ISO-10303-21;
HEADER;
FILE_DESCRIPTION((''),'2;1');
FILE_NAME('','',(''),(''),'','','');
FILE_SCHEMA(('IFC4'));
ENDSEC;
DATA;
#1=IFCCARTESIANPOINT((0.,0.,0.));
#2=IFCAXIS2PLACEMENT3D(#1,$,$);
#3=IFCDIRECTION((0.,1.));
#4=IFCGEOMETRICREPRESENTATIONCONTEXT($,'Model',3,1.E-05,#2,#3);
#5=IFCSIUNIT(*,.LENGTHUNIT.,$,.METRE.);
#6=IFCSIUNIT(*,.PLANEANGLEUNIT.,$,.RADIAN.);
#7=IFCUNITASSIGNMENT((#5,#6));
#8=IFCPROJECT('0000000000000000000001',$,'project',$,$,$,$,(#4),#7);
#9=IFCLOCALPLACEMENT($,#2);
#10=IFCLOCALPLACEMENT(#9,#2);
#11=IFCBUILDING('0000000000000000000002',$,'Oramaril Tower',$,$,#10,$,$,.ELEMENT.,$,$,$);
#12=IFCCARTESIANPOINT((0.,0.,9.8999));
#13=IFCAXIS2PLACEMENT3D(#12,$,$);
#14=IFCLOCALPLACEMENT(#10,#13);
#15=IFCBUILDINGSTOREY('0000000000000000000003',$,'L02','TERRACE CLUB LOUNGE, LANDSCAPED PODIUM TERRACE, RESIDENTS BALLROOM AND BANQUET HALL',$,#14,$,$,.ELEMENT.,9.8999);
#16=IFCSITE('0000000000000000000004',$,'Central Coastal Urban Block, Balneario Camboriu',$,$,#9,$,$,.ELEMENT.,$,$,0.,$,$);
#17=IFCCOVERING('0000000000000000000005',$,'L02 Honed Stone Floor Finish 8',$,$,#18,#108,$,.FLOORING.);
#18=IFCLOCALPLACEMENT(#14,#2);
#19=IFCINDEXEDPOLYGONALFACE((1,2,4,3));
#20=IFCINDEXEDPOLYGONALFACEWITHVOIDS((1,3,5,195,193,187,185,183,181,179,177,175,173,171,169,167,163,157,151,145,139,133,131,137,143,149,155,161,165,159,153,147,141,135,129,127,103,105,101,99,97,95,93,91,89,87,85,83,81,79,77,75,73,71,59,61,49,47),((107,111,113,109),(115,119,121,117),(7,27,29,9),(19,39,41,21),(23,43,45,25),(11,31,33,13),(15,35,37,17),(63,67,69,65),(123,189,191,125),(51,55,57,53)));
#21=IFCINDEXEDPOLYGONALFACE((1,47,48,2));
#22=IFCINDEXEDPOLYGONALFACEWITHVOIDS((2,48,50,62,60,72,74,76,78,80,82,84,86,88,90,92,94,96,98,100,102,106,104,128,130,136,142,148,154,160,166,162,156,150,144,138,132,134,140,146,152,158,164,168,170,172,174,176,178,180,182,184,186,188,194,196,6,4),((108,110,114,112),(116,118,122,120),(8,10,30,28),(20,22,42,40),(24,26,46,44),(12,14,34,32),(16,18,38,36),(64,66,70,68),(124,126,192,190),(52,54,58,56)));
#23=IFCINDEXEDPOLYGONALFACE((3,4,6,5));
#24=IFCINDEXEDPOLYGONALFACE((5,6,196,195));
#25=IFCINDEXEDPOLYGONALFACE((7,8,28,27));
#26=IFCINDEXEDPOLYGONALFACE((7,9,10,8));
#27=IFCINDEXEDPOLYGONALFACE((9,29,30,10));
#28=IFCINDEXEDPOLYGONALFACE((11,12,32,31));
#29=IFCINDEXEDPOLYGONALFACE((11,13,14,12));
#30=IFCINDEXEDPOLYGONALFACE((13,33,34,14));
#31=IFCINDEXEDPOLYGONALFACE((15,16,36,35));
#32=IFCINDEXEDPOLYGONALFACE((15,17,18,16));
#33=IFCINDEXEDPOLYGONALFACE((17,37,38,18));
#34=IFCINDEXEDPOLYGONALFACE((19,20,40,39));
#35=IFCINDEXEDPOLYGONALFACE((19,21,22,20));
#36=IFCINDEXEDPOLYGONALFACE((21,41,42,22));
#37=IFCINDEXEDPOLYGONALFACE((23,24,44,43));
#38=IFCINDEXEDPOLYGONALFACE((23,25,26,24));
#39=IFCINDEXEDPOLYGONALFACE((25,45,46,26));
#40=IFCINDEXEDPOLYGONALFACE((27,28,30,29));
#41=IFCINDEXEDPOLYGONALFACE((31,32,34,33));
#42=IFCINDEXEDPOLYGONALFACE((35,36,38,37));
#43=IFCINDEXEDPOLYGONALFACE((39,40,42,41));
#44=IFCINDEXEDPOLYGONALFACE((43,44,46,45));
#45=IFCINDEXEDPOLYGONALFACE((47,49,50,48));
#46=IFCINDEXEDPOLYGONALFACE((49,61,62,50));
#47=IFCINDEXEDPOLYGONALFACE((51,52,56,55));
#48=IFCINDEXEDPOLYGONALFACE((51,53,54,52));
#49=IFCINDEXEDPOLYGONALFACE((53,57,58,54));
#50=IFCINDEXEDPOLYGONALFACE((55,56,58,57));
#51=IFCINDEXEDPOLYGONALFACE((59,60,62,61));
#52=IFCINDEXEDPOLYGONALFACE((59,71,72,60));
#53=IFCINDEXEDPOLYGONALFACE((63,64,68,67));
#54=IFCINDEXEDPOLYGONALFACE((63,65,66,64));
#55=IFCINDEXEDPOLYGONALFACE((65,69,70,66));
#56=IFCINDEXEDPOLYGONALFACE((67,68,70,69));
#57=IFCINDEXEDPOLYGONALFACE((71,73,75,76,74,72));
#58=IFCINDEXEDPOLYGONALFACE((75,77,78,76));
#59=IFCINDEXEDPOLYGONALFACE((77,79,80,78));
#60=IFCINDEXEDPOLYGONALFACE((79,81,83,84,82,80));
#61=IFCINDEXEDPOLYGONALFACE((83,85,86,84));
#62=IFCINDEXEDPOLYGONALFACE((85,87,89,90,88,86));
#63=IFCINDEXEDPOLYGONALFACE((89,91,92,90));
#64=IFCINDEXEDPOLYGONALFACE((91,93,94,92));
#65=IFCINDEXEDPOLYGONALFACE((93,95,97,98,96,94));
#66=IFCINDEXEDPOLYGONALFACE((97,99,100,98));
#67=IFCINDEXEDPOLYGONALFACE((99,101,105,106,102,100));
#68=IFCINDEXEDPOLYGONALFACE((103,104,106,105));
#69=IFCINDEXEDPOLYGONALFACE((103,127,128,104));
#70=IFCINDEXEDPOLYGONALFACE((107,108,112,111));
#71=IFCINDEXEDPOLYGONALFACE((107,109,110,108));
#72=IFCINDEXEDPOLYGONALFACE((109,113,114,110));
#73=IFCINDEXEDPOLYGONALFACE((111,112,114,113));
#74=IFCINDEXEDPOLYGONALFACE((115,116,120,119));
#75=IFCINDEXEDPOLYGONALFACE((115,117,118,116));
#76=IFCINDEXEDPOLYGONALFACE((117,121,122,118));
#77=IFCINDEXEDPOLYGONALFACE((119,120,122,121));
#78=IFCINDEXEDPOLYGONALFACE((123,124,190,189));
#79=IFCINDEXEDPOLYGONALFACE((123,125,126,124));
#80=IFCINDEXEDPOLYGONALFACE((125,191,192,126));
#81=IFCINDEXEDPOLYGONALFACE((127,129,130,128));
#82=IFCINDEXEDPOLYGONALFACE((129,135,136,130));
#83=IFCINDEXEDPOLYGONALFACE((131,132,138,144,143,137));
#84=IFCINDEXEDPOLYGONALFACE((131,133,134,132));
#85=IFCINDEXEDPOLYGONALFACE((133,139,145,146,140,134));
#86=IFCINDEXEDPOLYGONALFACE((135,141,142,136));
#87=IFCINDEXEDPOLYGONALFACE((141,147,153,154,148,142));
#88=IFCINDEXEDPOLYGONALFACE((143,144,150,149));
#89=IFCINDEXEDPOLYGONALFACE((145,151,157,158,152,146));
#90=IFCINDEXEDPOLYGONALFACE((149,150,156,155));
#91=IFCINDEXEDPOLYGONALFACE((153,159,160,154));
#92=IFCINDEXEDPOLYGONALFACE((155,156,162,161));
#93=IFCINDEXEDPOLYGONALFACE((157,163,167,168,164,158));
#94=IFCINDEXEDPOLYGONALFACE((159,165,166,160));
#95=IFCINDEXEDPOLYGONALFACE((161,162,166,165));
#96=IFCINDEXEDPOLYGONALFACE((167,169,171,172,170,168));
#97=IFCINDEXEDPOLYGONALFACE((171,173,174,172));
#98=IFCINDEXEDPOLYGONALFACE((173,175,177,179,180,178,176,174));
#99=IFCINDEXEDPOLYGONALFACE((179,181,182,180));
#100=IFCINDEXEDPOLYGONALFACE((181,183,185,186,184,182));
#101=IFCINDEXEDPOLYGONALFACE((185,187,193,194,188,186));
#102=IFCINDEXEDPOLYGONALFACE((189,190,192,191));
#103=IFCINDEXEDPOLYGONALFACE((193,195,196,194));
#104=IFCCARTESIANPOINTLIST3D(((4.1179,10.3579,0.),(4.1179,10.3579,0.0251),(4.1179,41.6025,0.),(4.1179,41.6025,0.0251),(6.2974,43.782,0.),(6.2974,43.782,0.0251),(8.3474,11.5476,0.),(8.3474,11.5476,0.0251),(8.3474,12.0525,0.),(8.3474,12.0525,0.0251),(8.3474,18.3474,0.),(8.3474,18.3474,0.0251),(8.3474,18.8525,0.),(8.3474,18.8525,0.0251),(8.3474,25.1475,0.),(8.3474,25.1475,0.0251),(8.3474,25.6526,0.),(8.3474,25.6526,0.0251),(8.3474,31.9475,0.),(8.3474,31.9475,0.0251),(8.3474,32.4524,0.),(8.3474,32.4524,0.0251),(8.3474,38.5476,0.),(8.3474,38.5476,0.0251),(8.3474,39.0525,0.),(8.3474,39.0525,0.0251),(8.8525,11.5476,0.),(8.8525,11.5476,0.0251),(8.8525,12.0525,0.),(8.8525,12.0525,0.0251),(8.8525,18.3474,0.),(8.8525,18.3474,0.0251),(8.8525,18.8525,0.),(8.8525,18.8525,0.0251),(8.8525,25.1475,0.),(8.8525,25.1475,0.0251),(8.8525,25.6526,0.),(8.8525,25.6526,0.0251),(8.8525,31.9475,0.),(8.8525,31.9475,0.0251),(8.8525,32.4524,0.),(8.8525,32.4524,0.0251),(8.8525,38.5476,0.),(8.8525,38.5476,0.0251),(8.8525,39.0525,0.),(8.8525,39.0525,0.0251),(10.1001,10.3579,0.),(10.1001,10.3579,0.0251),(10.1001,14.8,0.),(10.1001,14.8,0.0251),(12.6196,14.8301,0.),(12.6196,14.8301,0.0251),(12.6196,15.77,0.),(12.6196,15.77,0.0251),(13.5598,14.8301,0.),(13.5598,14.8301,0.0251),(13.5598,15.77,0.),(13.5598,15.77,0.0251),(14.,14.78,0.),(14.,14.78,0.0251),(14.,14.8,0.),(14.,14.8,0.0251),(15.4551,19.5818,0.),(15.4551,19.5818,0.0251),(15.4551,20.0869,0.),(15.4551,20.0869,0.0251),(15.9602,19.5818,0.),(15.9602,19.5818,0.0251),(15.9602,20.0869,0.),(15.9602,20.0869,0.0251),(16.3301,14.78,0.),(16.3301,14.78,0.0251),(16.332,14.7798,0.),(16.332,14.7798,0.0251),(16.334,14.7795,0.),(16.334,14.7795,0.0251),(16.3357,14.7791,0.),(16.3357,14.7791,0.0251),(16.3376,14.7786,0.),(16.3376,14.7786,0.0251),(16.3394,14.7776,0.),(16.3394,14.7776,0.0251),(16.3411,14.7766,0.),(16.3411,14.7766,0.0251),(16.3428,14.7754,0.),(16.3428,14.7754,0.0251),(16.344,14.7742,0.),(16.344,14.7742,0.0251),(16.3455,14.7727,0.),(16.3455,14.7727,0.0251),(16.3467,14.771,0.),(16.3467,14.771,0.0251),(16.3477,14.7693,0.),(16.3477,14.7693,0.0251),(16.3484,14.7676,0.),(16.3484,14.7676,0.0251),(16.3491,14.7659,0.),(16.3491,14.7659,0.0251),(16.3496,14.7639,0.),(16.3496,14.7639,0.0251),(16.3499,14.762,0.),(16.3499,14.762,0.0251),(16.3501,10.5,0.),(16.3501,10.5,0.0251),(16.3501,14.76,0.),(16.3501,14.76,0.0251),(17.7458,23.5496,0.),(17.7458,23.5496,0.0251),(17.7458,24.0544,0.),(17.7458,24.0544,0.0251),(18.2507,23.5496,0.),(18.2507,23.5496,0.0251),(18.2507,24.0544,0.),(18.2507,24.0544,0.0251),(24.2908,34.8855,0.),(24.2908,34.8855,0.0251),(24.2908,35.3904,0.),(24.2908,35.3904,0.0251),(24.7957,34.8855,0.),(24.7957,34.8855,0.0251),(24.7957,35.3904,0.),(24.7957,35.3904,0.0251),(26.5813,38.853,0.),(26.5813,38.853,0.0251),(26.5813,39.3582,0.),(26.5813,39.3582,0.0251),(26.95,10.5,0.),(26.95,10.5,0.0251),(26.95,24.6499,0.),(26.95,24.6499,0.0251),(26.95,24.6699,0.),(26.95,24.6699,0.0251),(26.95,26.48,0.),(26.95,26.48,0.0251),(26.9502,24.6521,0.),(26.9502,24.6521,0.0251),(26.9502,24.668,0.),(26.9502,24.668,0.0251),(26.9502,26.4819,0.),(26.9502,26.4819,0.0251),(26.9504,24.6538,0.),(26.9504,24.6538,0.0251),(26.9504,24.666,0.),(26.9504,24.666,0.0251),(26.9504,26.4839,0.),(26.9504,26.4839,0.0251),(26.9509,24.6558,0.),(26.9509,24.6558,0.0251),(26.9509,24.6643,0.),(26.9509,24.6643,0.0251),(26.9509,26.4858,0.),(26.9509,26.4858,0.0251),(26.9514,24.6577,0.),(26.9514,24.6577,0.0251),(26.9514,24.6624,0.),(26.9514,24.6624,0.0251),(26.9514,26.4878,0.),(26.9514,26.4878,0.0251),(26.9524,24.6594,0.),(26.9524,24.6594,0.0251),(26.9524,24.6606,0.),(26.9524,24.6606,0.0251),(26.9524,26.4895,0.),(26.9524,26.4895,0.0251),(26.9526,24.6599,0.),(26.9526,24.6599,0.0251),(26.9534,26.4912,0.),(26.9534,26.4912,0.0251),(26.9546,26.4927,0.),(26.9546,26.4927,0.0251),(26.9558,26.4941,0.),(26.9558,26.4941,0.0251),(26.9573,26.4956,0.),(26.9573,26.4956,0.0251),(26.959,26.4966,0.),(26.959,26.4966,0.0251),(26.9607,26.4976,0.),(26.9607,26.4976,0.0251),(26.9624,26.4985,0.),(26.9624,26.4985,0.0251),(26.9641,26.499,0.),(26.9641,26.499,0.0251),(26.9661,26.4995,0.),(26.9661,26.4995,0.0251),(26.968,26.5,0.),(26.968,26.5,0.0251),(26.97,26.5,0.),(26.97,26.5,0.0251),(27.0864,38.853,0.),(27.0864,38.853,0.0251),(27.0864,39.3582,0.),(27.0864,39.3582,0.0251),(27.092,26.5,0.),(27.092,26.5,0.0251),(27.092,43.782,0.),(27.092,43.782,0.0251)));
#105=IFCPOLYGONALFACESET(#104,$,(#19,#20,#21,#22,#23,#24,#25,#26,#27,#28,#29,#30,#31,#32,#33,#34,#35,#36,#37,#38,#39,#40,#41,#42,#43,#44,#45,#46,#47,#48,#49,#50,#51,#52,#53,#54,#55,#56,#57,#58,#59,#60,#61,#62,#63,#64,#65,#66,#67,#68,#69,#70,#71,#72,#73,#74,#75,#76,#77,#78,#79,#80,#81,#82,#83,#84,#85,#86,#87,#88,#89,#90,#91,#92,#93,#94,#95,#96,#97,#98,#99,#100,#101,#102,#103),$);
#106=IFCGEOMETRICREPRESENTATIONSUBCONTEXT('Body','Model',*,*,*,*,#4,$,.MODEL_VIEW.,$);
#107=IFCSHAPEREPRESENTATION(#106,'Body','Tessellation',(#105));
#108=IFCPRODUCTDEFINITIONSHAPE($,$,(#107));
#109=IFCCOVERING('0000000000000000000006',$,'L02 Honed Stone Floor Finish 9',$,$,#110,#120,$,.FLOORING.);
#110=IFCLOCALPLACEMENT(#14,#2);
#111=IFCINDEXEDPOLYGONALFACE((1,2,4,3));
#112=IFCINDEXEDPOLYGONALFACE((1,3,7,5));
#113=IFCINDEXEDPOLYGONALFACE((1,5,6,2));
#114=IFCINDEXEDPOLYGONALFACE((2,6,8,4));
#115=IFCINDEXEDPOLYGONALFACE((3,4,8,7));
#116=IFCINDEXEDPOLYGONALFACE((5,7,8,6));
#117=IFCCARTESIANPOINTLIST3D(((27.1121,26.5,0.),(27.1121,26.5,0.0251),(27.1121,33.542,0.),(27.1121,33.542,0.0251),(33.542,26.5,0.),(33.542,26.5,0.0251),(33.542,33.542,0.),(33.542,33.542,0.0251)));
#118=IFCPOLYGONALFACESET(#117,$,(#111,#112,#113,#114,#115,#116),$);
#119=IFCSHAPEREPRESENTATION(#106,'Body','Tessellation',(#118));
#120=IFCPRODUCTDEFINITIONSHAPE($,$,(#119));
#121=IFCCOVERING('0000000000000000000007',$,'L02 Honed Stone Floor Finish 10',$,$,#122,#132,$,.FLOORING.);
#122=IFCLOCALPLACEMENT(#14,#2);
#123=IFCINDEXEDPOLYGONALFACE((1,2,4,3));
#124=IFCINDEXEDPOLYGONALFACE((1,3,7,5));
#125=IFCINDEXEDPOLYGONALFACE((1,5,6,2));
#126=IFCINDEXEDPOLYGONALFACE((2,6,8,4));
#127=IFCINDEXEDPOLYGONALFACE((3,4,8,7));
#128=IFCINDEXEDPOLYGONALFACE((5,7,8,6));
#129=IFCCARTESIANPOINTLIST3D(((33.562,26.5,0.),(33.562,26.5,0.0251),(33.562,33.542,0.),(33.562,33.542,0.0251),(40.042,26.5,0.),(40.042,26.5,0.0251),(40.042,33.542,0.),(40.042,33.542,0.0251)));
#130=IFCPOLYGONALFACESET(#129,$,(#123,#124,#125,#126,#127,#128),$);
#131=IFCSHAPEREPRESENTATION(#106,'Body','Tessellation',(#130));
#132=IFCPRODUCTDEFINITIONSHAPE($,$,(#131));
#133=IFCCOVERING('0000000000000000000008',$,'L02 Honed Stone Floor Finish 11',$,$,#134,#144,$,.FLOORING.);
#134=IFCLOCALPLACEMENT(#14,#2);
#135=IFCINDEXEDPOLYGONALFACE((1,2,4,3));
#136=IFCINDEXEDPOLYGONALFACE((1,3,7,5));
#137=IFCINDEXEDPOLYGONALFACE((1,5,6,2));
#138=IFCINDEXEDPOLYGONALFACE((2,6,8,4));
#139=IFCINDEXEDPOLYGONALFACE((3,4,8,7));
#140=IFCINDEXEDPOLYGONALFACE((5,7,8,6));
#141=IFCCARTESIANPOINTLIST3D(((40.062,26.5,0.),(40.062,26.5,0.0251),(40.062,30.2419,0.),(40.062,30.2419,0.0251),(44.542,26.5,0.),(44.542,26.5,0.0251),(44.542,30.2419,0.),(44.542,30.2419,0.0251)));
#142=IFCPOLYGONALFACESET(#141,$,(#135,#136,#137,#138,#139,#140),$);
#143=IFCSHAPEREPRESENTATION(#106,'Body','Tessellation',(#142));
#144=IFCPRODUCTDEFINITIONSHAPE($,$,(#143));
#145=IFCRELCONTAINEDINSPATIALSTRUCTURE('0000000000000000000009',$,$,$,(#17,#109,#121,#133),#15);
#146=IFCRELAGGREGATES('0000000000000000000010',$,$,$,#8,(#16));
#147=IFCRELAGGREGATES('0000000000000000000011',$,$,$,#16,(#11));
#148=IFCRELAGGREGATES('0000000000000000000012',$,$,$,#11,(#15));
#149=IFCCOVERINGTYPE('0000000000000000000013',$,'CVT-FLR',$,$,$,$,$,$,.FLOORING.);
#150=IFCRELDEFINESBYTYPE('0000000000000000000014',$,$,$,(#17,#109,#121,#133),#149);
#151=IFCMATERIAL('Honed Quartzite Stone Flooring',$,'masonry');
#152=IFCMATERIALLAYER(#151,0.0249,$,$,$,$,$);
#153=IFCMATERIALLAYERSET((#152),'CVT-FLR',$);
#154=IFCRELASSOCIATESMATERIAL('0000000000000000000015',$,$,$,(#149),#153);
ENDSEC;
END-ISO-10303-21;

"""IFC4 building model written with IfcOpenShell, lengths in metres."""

from ifc_helpers import new_model, si_unit, direction, frame, origin, place, context, subcontext, project, spatial, polyline, outline, extrude, material, layer, layer_set, type_object, element, save


model = new_model("IFC4")

# Units and contexts
model_context = context("Model", 3, precision=1e-05, world=origin(), true_north=direction((0.0, 1.0)))
body_context = subcontext(model_context, "Body", "Model", "MODEL_VIEW")
ifc_project = project(units=[si_unit("LENGTHUNIT", "METRE"), si_unit("PLANEANGLEUNIT", "RADIAN")], contexts=[model_context])

# Site, building, storey
site_placement = place(None, origin())
site = spatial("IfcSite", under=ifc_project, at=site_placement, Name="Central Coastal Urban Block, Balneario Camboriu", CompositionType="ELEMENT", RefElevation=0.0)
building_placement = place(site_placement, origin())
building = spatial("IfcBuilding", under=site, at=building_placement, Name="Oramaril Tower", CompositionType="ELEMENT")
storey_placement = place(building_placement, frame((0.0, 0.0, 9.8999)))
storey = spatial("IfcBuildingStorey", under=building, at=storey_placement, Name="L02", Description="TERRACE CLUB LOUNGE, LANDSCAPED PODIUM TERRACE, RESIDENTS BALLROOM AND BANQUET HALL", CompositionType="ELEMENT", Elevation=9.8999)

# Coverings
ifc_material_1 = material(Name="Honed Quartzite Stone Flooring", Category="masonry")
ifc_layer_1 = layer(ifc_material_1, 0.0249)
ifc_layer_set_1 = layer_set([ifc_layer_1], Name="CVT-FLR")
covering_type_1 = type_object("IfcCoveringType", Name="CVT-FLR", PredefinedType="FLOORING", material=ifc_layer_set_1)
covering_1_placement = place(storey_placement, origin())
element("IfcCovering", 1, at=covering_1_placement, inside=storey, type_object=covering_type_1, Name="L02 Honed Stone Floor Finish 8", PredefinedType="FLOORING", context=body_context, shape_type="SweptSolid", body=[
    extrude(outline(polyline([(27.092, 43.782), (27.092, 26.5), (26.97, 26.5), (26.968, 26.5), (26.9661, 26.4995), (26.9641, 26.499), (26.9624, 26.4985), (26.9607, 26.4976), (26.959, 26.4966), (26.9573, 26.4956), (26.9558, 26.4941), (26.9546, 26.4927), (26.9534, 26.4912), (26.9524, 26.4895), (26.9514, 26.4878), (26.9509, 26.4858), (26.9504, 26.4839), (26.9502, 26.4819), (26.95, 26.48), (26.95, 24.6699), (26.9502, 24.668), (26.9504, 24.666), (26.9509, 24.6643), (26.9514, 24.6624), (26.9524, 24.6606), (26.9526, 24.6599), (26.9524, 24.6594), (26.9514, 24.6577), (26.9509, 24.6558), (26.9504, 24.6538), (26.9502, 24.6521), (26.95, 24.6499), (26.95, 10.5), (16.3501, 10.5), (16.3501, 14.76), (16.3499, 14.762), (16.3496, 14.7639), (16.3491, 14.7659), (16.3484, 14.7676), (16.3477, 14.7693), (16.3467, 14.771), (16.3455, 14.7727), (16.344, 14.7742), (16.3428, 14.7754), (16.3411, 14.7766), (16.3394, 14.7776), (16.3376, 14.7786), (16.3357, 14.7791), (16.334, 14.7795), (16.332, 14.7798), (16.3301, 14.78), (14.0, 14.78), (14.0, 14.8), (10.1001, 14.8), (10.1001, 10.3579), (4.1179, 10.3579), (4.1179, 41.6025), (6.2974, 43.782), (27.092, 43.782)]), holes=[polyline([(8.8525, 12.0525), (8.3474, 12.0525), (8.3474, 11.5476), (8.8525, 11.5476), (8.8525, 12.0525)]), polyline([(13.5598, 15.77), (12.6196, 15.77), (12.6196, 14.8301), (13.5598, 14.8301), (13.5598, 15.77)]), polyline([(8.8525, 18.8525), (8.3474, 18.8525), (8.3474, 18.3474), (8.8525, 18.3474), (8.8525, 18.8525)]), polyline([(15.9602, 19.5818), (15.9602, 20.0869), (15.4551, 20.0869), (15.4551, 19.5818), (15.9602, 19.5818)]), polyline([(18.2507, 23.5496), (18.2507, 24.0544), (17.7458, 24.0544), (17.7458, 23.5496), (18.2507, 23.5496)]), polyline([(8.8525, 25.6526), (8.3474, 25.6526), (8.3474, 25.1475), (8.8525, 25.1475), (8.8525, 25.6526)]), polyline([(8.8525, 32.4524), (8.3474, 32.4524), (8.3474, 31.9475), (8.8525, 31.9475), (8.8525, 32.4524)]), polyline([(24.7957, 35.3904), (24.2908, 35.3904), (24.2908, 34.8855), (24.7957, 34.8855), (24.7957, 35.3904)]), polyline([(8.8525, 38.5476), (8.8525, 39.0525), (8.3474, 39.0525), (8.3474, 38.5476), (8.8525, 38.5476)]), polyline([(27.0864, 38.853), (27.0864, 39.3582), (26.5813, 39.3582), (26.5813, 38.853), (27.0864, 38.853)])]), origin(), (0.0, 0.0, 1.0), 0.0251),
])
covering_2_placement = place(storey_placement, origin())
element("IfcCovering", 2, at=covering_2_placement, inside=storey, type_object=covering_type_1, Name="L02 Honed Stone Floor Finish 9", PredefinedType="FLOORING", context=body_context, shape_type="SweptSolid", body=[
    extrude(outline(polyline([(33.542, 33.542), (33.542, 26.5), (27.1121, 26.5), (27.1121, 33.542), (33.542, 33.542)])), origin(), (0.0, 0.0, 1.0), 0.0251),
])
covering_3_placement = place(storey_placement, origin())
element("IfcCovering", 3, at=covering_3_placement, inside=storey, type_object=covering_type_1, Name="L02 Honed Stone Floor Finish 10", PredefinedType="FLOORING", context=body_context, shape_type="SweptSolid", body=[
    extrude(outline(polyline([(40.042, 33.542), (40.042, 26.5), (33.562, 26.5), (33.562, 33.542), (40.042, 33.542)])), origin(), (0.0, 0.0, 1.0), 0.0251),
])
covering_4_placement = place(storey_placement, origin())
element("IfcCovering", 4, at=covering_4_placement, inside=storey, type_object=covering_type_1, Name="L02 Honed Stone Floor Finish 11", PredefinedType="FLOORING", context=body_context, shape_type="SweptSolid", body=[
    extrude(outline(polyline([(44.542, 26.5), (40.062, 26.5), (40.062, 30.2419), (44.542, 30.2419), (44.542, 26.5)])), origin(), (0.0, 0.0, 1.0), 0.0251),
])

save(model, "model.ifc")
